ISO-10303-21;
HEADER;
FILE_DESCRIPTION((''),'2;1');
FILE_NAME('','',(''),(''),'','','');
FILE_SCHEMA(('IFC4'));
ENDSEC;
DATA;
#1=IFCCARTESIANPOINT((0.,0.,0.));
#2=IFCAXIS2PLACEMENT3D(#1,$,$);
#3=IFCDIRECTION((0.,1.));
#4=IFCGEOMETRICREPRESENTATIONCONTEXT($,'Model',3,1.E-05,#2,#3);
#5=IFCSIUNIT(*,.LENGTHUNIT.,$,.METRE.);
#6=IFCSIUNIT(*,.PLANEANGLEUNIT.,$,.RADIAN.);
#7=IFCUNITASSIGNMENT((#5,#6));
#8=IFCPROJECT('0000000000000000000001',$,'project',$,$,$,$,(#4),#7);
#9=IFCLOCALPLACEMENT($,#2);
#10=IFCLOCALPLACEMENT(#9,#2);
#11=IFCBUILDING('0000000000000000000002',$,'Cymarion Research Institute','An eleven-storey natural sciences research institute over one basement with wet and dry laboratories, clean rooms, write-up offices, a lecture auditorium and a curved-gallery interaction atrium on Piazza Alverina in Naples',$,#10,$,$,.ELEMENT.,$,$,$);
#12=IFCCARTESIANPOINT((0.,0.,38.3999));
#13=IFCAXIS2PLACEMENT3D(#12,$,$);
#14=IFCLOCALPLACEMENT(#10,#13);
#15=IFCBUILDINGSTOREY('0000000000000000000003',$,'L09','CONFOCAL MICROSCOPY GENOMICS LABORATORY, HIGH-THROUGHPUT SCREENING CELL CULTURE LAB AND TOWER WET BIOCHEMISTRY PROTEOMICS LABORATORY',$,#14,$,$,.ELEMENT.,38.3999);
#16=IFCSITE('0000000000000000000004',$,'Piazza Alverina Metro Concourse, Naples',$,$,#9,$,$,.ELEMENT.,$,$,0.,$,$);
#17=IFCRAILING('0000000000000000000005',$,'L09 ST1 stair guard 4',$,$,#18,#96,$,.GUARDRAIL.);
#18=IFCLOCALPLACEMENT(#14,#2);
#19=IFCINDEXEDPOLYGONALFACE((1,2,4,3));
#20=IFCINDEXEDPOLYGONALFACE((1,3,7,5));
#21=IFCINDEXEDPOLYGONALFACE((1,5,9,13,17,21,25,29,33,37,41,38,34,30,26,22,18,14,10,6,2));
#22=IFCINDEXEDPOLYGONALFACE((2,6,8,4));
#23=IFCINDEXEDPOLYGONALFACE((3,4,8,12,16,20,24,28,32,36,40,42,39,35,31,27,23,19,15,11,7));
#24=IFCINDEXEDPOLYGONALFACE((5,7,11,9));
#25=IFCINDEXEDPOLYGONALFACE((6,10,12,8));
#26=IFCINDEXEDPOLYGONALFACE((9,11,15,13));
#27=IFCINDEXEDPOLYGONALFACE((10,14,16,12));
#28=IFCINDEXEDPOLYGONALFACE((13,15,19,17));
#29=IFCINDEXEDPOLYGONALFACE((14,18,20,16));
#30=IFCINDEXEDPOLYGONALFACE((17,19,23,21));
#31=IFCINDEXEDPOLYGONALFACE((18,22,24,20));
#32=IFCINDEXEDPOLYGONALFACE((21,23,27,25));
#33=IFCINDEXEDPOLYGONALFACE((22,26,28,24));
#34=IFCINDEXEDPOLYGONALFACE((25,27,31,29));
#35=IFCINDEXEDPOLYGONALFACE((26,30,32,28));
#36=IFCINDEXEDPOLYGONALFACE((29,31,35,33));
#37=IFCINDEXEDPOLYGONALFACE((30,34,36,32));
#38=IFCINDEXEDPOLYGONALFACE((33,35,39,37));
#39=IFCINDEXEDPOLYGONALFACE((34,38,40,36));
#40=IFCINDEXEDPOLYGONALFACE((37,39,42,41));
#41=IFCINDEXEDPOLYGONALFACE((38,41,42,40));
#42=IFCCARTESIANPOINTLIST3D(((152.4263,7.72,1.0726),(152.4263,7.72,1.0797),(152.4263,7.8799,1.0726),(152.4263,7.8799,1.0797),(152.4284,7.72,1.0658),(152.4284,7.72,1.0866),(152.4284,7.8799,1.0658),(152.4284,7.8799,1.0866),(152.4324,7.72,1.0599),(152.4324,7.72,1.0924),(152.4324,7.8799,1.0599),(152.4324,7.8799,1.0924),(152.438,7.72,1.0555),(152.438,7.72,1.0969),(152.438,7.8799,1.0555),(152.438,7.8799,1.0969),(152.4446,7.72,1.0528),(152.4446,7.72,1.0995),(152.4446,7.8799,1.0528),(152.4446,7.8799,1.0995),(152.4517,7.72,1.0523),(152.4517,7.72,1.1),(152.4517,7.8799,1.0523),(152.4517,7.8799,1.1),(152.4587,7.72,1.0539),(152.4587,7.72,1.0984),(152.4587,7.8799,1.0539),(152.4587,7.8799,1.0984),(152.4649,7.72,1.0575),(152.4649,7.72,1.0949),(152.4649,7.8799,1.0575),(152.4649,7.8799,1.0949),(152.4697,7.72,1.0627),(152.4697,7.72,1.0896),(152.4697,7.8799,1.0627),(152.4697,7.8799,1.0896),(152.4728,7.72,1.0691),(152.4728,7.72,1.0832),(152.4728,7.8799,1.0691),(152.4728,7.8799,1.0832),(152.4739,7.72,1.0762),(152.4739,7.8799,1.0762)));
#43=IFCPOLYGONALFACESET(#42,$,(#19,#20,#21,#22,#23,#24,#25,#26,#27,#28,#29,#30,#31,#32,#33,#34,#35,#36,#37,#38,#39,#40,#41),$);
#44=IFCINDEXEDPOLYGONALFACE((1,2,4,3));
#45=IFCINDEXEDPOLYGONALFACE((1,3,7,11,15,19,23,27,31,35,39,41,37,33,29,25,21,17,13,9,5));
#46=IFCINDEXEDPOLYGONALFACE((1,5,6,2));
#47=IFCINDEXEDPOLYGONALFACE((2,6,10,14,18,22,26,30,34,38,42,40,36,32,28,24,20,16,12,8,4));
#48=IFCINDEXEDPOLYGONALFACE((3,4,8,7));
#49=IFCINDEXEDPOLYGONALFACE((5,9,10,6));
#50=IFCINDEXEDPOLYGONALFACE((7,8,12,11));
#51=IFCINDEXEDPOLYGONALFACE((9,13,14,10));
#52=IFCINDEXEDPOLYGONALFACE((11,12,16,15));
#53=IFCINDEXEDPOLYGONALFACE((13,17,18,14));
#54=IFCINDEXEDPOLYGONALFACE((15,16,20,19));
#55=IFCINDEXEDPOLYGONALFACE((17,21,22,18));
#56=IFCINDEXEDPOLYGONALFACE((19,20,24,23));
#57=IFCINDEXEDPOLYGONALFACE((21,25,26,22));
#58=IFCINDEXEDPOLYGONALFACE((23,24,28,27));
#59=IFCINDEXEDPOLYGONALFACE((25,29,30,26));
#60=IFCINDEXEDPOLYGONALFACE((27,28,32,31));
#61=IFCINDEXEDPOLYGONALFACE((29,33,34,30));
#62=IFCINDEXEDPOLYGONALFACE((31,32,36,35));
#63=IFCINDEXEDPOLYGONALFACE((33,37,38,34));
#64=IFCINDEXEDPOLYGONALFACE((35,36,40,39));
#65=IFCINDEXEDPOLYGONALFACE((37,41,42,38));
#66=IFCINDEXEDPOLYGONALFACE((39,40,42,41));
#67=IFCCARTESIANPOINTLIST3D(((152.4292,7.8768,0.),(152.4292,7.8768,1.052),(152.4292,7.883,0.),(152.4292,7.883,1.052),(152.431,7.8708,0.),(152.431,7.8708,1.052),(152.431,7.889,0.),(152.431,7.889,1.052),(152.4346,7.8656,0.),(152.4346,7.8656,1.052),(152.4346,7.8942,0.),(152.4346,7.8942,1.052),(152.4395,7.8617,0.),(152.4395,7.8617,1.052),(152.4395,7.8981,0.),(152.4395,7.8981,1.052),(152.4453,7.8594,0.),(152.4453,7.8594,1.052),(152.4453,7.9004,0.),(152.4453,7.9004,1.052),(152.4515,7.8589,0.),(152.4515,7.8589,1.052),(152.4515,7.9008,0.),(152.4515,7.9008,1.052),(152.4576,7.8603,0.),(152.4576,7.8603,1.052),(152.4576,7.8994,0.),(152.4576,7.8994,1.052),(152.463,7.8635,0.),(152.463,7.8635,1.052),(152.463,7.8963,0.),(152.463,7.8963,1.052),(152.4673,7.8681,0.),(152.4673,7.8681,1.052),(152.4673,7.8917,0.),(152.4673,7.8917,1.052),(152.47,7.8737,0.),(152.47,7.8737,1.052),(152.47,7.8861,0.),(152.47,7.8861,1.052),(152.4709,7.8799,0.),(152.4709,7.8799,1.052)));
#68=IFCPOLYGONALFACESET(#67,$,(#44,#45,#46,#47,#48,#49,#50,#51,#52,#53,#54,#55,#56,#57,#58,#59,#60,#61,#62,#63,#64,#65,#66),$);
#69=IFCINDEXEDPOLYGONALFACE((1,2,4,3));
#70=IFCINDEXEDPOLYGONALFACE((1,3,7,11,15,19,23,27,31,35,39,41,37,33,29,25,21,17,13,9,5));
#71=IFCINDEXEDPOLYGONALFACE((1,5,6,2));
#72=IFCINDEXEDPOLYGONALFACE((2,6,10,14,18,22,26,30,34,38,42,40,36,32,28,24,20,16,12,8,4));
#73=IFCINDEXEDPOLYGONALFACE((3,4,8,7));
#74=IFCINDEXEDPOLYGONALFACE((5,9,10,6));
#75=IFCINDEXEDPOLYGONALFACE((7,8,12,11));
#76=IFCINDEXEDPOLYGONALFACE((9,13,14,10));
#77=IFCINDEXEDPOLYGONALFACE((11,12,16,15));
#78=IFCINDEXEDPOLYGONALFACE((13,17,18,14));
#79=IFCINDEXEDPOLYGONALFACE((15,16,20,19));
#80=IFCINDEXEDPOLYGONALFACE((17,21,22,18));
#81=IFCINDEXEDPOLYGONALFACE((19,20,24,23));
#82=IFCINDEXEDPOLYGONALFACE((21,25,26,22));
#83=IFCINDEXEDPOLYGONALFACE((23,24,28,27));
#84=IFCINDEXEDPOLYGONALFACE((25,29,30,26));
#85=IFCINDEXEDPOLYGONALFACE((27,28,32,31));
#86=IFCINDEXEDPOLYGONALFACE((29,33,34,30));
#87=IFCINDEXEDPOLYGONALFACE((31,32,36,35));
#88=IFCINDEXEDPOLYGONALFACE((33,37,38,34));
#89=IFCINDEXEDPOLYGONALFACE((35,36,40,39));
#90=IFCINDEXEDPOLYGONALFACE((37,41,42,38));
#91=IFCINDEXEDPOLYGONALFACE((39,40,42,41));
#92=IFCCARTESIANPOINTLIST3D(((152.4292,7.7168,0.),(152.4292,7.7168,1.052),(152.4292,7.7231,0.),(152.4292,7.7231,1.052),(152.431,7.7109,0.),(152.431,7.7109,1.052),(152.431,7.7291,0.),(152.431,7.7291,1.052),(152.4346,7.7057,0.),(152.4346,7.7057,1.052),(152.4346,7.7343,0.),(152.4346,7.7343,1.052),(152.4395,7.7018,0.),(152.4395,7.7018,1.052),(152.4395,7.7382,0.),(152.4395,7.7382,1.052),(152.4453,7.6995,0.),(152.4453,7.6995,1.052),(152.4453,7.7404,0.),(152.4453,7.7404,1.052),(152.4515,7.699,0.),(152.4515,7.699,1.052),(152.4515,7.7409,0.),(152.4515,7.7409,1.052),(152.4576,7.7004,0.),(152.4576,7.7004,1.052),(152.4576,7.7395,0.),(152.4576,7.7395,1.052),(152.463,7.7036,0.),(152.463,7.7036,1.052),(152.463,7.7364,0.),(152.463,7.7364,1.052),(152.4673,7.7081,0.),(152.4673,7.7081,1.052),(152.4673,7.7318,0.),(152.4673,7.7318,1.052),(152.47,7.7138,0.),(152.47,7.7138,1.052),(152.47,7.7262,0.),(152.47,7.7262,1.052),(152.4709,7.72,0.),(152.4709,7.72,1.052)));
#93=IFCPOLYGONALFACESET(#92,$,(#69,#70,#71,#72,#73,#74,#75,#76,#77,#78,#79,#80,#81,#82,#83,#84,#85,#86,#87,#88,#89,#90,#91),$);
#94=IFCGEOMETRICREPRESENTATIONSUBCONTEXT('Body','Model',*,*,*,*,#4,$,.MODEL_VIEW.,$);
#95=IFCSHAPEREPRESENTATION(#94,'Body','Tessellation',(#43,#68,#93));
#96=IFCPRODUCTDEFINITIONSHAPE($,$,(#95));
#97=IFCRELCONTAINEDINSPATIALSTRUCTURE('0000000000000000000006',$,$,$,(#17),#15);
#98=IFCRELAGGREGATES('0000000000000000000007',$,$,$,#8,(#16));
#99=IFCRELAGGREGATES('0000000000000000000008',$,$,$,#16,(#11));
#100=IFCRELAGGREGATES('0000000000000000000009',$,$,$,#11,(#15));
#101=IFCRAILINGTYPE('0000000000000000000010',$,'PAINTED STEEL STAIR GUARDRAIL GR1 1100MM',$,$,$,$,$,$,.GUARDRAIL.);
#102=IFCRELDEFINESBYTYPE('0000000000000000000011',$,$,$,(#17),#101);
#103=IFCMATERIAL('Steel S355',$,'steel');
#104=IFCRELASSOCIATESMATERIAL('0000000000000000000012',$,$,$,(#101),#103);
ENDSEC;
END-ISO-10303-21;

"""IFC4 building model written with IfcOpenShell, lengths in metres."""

from ifc_helpers import new_model, si_unit, direction, frame, origin, origin_2d, place, context, subcontext, project, spatial, circle, extrude, material, type_object, element, save


model = new_model("IFC4")

# Units and contexts
model_context = context("Model", 3, precision=1e-05, world=origin(), true_north=direction((0.0, 1.0)))
body_context = subcontext(model_context, "Body", "Model", "MODEL_VIEW")
ifc_project = project(units=[si_unit("LENGTHUNIT", "METRE"), si_unit("PLANEANGLEUNIT", "RADIAN")], contexts=[model_context])

# Site, building, storey
site_placement = place(None, origin())
site = spatial("IfcSite", under=ifc_project, at=site_placement, Name="Piazza Alverina Metro Concourse, Naples", CompositionType="ELEMENT", RefElevation=0.0)
building_placement = place(site_placement, origin())
building = spatial("IfcBuilding", under=site, at=building_placement, Name="Cymarion Research Institute", Description="An eleven-storey natural sciences research institute over one basement with wet and dry laboratories, clean rooms, write-up offices, a lecture auditorium and a curved-gallery interaction atrium on Piazza Alverina in Naples", CompositionType="ELEMENT")
storey_placement = place(building_placement, frame((0.0, 0.0, 38.3999)))
storey = spatial("IfcBuildingStorey", under=building, at=storey_placement, Name="L09", Description="CONFOCAL MICROSCOPY GENOMICS LABORATORY, HIGH-THROUGHPUT SCREENING CELL CULTURE LAB AND TOWER WET BIOCHEMISTRY PROTEOMICS LABORATORY", CompositionType="ELEMENT", Elevation=38.3999)

# Shared definitions
ifc_material_1 = material(Name="Steel S355", Category="steel")

# Railing
railing_type_1 = type_object("IfcRailingType", Name="PAINTED STEEL STAIR GUARDRAIL GR1 1100MM", PredefinedType="GUARDRAIL", material=ifc_material_1)
railing_1_placement = place(storey_placement, frame((152.45, 7.8799, 0.0)))
element("IfcRailing", 1, at=railing_1_placement, inside=storey, type_object=railing_type_1, Name="L09 ST1 stair guard 4", PredefinedType="GUARDRAIL", context=body_context, shape_type="SweptSolid", body=[
    extrude(circle(Radius=0.0239, at=origin_2d()), frame((0.0, 0.0, 1.0762), z_axis=(0.0, -1.0, 0.0), x_axis=(1.0, 0.0, 0.0)), (0.0, 0.0, 1.0), 0.1599),
    extrude(circle(Radius=0.021, at=origin_2d()), origin(), (0.0, 0.0, 1.0), 1.052),
    extrude(circle(Radius=0.021, at=origin_2d()), frame((0.0, -0.1599, 0.0)), (0.0, 0.0, 1.0), 1.052),
])

save(model, "model.ifc")
